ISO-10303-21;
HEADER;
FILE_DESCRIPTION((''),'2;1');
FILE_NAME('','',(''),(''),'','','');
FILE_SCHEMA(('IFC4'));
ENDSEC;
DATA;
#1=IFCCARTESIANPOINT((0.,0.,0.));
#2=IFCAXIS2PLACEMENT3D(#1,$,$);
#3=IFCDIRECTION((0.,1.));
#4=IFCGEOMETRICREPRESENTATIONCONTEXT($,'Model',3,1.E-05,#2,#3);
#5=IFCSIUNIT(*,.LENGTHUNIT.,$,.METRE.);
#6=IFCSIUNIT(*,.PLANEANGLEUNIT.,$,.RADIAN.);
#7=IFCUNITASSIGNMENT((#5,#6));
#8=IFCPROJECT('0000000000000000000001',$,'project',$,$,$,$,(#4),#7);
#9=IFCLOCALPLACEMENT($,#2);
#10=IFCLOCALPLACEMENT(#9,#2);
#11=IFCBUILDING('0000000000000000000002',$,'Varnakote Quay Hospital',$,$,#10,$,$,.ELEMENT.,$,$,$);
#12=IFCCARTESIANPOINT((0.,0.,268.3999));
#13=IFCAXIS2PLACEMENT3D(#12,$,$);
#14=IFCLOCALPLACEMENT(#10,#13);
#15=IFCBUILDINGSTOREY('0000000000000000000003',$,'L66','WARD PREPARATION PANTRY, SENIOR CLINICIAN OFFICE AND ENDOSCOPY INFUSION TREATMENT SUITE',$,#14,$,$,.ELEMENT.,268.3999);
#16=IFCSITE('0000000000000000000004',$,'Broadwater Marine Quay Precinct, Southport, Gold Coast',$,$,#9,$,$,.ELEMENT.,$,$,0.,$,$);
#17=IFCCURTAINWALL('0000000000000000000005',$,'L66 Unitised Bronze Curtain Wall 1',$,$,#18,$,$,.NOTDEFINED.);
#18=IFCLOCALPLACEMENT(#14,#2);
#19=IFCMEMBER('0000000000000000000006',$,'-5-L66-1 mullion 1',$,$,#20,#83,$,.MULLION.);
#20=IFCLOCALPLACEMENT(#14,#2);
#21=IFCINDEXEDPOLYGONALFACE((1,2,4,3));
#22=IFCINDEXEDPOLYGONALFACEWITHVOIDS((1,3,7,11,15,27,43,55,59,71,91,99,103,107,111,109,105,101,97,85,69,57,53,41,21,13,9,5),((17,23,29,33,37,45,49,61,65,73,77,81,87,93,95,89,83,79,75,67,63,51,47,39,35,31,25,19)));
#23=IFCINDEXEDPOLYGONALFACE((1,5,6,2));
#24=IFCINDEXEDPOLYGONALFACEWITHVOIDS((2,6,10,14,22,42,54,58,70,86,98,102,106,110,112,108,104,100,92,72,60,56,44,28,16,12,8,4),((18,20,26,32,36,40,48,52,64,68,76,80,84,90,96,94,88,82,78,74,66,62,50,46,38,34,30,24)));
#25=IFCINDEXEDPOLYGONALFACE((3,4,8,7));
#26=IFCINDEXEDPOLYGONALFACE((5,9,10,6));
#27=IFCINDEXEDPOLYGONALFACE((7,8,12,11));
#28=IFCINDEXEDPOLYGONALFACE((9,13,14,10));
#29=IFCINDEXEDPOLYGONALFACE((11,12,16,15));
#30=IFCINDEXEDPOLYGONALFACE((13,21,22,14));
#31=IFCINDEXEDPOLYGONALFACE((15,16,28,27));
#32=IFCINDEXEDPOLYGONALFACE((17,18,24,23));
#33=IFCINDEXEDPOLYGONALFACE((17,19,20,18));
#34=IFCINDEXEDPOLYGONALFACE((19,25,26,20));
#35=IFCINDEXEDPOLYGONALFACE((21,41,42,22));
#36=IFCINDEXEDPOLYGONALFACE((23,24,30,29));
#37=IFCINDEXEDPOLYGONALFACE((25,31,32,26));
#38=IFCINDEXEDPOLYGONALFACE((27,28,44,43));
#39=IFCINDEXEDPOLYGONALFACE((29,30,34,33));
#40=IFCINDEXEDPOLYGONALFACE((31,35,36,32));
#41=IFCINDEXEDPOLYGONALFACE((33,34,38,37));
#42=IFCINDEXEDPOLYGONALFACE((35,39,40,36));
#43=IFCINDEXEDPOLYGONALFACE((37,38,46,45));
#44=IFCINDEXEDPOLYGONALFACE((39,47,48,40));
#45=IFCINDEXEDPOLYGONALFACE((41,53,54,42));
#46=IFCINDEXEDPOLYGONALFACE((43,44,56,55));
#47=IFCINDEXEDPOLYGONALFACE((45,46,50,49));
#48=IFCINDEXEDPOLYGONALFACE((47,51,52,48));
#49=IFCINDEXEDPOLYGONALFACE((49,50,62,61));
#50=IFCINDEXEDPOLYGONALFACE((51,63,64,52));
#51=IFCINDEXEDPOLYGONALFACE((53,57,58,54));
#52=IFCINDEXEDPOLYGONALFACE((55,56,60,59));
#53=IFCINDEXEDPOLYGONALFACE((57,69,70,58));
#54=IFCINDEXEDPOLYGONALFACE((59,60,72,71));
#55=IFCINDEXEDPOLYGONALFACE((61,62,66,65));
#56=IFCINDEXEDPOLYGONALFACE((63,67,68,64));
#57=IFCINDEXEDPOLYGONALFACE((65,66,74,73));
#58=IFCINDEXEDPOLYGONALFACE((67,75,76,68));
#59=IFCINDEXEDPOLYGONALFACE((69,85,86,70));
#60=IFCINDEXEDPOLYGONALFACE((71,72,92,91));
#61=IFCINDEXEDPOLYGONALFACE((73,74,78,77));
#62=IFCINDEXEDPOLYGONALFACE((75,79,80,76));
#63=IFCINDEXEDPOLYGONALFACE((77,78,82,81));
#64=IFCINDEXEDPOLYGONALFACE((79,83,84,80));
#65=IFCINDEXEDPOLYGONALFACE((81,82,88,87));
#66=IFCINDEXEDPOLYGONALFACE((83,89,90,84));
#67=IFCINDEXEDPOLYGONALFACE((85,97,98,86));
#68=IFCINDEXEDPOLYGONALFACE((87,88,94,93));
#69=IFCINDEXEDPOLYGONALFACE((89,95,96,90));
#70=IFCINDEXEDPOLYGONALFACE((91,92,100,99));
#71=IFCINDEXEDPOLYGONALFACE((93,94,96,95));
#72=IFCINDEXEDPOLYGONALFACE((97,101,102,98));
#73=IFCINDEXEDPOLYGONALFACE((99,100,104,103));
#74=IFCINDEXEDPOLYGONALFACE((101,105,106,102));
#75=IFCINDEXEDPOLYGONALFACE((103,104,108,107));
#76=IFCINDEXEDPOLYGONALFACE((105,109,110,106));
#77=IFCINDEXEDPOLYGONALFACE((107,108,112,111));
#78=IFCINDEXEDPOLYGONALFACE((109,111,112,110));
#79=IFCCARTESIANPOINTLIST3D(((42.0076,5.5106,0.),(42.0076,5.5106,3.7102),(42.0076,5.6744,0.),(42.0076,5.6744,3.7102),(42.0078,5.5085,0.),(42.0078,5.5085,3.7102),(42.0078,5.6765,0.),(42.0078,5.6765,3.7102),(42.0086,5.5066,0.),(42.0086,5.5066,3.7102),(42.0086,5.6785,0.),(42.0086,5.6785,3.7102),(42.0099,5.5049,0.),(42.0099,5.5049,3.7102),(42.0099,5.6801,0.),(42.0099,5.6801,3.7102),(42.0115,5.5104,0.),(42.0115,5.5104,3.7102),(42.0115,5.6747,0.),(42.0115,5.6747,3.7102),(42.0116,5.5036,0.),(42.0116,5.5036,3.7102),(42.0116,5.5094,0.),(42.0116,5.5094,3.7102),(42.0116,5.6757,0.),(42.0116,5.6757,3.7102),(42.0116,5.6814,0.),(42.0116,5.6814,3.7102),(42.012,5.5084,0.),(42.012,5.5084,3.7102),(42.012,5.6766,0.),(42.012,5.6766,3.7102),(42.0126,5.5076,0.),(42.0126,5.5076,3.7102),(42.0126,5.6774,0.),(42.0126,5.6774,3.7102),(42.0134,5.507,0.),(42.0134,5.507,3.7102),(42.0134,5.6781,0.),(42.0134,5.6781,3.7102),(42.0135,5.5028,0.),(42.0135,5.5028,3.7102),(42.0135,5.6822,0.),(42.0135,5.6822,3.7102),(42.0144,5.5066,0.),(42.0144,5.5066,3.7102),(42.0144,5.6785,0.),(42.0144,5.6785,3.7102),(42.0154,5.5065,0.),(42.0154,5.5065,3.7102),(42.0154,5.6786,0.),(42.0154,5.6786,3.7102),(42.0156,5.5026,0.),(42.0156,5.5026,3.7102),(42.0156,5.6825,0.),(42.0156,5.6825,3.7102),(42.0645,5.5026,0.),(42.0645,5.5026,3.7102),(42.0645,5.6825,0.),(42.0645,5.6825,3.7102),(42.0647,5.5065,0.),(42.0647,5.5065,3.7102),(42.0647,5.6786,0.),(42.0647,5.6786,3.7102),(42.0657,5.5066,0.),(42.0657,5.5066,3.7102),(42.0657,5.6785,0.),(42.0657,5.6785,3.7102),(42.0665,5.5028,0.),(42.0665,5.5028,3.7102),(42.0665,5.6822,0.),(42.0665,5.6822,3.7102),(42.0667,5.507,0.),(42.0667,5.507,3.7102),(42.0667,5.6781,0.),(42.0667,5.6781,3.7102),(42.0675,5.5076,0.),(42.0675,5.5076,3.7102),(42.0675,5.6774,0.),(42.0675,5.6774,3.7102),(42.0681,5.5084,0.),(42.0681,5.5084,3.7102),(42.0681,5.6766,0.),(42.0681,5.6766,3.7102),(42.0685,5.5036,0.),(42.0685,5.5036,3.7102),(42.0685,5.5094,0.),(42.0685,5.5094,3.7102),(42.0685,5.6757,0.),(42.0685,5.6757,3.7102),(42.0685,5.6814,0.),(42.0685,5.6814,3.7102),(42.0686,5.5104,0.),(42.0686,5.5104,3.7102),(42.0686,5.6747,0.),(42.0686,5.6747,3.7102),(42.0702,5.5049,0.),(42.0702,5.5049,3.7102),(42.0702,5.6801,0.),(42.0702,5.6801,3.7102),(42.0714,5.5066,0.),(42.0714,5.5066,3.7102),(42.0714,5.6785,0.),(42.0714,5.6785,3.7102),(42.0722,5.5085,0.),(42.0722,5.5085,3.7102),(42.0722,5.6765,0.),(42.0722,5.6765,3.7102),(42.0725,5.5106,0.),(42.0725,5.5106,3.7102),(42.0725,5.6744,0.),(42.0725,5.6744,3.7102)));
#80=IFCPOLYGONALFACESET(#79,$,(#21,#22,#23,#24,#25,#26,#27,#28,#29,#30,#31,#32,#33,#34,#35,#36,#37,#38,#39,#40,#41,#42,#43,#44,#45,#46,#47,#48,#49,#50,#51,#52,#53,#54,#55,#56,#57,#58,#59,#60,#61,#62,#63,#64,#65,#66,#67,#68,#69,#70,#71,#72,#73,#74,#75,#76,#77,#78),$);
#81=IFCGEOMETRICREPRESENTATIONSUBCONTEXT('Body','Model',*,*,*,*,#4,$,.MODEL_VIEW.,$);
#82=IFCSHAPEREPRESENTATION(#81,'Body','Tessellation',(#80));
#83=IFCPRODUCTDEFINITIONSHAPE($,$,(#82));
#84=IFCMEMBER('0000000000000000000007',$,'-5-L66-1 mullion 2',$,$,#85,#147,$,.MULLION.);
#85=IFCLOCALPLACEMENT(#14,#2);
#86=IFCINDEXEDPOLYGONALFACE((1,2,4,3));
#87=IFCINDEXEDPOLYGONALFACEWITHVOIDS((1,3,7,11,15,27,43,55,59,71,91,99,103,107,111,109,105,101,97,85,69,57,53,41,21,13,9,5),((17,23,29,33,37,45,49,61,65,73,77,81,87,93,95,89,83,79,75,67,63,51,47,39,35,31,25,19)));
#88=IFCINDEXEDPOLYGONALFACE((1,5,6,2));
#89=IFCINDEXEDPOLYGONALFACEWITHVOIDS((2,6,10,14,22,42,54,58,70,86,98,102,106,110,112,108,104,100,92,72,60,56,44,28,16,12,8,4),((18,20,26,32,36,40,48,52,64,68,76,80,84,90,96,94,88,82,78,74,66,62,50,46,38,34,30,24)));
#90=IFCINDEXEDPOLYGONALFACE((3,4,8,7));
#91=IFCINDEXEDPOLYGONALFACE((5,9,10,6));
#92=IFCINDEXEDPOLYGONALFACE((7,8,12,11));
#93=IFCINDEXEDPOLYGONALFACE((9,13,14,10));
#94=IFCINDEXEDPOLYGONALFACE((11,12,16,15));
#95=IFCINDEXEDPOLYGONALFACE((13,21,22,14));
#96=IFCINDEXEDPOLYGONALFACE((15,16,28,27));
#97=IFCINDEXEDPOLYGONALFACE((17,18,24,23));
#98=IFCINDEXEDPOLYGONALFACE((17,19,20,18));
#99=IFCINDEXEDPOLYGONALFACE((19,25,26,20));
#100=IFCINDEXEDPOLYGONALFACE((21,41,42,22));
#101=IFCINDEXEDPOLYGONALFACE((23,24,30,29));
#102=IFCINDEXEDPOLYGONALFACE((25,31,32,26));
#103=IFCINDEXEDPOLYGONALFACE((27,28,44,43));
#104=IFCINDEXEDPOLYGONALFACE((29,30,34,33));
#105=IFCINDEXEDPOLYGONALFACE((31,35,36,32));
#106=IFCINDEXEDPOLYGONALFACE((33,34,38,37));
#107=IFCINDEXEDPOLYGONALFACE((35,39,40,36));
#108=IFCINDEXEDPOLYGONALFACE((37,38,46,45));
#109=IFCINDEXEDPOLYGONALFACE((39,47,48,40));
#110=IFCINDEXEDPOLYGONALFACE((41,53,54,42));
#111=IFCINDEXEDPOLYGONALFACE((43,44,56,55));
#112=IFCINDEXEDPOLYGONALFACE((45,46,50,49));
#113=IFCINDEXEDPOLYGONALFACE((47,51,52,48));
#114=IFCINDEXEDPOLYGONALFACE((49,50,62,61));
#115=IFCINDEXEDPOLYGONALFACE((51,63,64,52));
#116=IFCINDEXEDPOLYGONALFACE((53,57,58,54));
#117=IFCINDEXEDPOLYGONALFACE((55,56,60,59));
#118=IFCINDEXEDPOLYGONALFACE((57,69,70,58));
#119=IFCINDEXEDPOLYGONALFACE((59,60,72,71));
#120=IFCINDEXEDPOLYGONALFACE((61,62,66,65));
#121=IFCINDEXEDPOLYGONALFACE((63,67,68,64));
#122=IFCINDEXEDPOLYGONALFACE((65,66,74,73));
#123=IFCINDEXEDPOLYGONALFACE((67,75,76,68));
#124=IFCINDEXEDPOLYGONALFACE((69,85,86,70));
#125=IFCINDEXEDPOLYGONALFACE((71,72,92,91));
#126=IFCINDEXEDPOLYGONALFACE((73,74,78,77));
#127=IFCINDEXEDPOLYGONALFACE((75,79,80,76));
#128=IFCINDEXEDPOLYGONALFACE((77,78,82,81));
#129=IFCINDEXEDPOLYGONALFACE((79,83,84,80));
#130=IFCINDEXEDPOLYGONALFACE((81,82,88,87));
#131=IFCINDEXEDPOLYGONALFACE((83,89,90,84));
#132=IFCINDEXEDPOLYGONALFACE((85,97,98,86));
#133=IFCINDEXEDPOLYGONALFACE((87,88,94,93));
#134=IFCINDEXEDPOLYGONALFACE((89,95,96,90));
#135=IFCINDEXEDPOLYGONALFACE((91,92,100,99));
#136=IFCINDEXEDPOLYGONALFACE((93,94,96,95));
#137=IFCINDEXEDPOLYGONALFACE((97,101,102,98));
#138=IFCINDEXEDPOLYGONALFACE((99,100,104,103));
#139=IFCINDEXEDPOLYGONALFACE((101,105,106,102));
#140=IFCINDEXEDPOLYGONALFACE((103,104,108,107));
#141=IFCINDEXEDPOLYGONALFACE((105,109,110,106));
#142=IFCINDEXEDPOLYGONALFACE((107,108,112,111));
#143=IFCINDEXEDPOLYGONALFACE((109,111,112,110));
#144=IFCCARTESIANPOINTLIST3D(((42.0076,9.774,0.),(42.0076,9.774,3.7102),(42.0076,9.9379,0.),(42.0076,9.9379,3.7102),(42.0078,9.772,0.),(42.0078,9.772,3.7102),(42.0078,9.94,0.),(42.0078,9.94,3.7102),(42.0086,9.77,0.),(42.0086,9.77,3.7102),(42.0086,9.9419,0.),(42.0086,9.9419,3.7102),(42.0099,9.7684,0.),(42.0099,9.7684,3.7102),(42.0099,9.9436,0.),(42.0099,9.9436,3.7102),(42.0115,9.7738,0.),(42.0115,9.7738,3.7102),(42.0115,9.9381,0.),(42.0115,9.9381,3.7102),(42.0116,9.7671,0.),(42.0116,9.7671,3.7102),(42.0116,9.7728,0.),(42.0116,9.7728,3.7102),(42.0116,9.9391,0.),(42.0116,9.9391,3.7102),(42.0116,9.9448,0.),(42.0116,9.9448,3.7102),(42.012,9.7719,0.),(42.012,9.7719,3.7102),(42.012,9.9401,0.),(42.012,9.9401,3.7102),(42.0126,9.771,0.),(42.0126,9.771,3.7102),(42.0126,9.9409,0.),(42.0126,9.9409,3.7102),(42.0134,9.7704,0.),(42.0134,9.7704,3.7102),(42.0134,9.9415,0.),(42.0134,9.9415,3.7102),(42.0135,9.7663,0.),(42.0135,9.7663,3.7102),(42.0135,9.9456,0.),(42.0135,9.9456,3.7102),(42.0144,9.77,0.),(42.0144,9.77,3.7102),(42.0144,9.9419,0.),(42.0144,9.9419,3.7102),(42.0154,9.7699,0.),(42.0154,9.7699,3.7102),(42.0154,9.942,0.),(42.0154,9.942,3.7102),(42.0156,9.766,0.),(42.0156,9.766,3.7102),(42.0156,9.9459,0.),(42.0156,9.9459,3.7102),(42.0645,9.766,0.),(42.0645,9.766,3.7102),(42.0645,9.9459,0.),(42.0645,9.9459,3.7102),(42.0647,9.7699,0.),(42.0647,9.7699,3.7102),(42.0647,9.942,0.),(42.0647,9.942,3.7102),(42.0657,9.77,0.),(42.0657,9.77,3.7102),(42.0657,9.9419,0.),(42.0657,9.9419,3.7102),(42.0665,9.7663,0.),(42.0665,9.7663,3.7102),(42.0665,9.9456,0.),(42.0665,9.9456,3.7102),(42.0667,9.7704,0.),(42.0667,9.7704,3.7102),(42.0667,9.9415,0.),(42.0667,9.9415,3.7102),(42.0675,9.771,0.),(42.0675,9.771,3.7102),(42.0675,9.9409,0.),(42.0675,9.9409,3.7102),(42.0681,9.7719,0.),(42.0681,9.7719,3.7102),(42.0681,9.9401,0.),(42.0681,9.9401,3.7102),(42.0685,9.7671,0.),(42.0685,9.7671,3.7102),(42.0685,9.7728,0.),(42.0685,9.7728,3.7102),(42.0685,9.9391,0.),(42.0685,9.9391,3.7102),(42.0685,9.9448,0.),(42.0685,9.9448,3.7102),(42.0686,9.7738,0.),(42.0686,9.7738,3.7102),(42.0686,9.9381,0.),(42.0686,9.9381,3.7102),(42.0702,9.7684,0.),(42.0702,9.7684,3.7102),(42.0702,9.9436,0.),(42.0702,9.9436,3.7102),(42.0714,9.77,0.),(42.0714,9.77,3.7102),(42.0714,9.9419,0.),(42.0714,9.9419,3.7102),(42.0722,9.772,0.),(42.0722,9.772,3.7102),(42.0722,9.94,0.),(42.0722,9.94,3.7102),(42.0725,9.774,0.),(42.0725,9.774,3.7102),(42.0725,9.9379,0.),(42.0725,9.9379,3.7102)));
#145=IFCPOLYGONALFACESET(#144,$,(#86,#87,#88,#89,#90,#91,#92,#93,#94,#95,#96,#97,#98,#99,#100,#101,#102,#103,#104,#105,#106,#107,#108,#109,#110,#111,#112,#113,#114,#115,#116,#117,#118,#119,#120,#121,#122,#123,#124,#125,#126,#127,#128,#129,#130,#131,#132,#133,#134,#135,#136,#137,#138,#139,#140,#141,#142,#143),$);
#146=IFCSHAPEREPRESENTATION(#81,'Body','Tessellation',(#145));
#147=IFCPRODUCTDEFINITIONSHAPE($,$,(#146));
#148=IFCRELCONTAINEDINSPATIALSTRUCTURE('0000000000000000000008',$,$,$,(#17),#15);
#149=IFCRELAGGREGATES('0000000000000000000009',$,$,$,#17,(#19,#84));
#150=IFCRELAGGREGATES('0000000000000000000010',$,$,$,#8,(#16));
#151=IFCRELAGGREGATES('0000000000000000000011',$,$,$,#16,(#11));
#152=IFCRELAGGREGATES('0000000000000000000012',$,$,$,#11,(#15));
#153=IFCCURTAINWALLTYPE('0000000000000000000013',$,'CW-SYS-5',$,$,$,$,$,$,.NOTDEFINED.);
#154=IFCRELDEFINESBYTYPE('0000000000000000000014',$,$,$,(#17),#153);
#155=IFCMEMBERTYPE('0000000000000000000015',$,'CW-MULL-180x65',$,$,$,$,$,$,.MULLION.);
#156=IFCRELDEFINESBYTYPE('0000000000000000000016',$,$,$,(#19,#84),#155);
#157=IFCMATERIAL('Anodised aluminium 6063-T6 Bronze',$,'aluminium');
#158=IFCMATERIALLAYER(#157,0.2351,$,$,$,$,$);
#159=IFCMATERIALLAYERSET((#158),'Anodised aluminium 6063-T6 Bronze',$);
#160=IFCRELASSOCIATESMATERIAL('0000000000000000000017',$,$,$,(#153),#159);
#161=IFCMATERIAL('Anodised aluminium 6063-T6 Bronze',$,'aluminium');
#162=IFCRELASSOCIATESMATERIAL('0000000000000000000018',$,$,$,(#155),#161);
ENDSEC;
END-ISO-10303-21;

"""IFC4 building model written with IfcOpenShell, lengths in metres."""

from ifc_helpers import new_model, si_unit, direction, frame, origin, origin_2d, place, context, subcontext, project, spatial, hollow_rectangle, extrude, material, layer, layer_set, material_profile, profile_set, type_object, element, aggregate, save


model = new_model("IFC4")

# Units and contexts
model_context = context("Model", 3, precision=1e-05, world=origin(), true_north=direction((0.0, 1.0)))
body_context = subcontext(model_context, "Body", "Model", "MODEL_VIEW")
ifc_project = project(units=[si_unit("LENGTHUNIT", "METRE"), si_unit("PLANEANGLEUNIT", "RADIAN")], contexts=[model_context])

# Site, building, storey
site_placement = place(None, origin())
site = spatial("IfcSite", under=ifc_project, at=site_placement, Name="Broadwater Marine Quay Precinct, Southport, Gold Coast", CompositionType="ELEMENT", RefElevation=0.0)
building_placement = place(site_placement, origin())
building = spatial("IfcBuilding", under=site, at=building_placement, Name="Varnakote Quay Hospital", CompositionType="ELEMENT")
storey_placement = place(building_placement, frame((0.0, 0.0, 268.3999)))
storey = spatial("IfcBuildingStorey", under=building, at=storey_placement, Name="L66", Description="WARD PREPARATION PANTRY, SENIOR CLINICIAN OFFICE AND ENDOSCOPY INFUSION TREATMENT SUITE", CompositionType="ELEMENT", Elevation=268.3999)

# Curtain wall, members
ifc_material_1 = material(Name="Anodised aluminium 6063-T6 Bronze", Category="aluminium")
ifc_layer_1 = layer(ifc_material_1, 0.2351)
ifc_layer_set_1 = layer_set([ifc_layer_1], Name="Anodised aluminium 6063-T6 Bronze")
curtain_wall_type = type_object("IfcCurtainWallType", Name="CW-SYS-5", PredefinedType="NOTDEFINED", material=ifc_layer_set_1)
curtain_wall_placement = place(storey_placement, origin())
curtain_wall = element("IfcCurtainWall", 1, at=curtain_wall_placement, inside=storey, type_object=curtain_wall_type, Name="L66 Unitised Bronze Curtain Wall 1", PredefinedType="NOTDEFINED")
ifc_material_2 = material(Name="Anodised aluminium 6063-T6 Bronze", Category="aluminium")
ifc_material_profile_1 = material_profile(ifc_material_2, hollow_rectangle(XDim=0.0649, YDim=0.1799, WallThickness=0.0039, InnerFilletRadius=0.0039, OuterFilletRadius=0.0081, at=origin_2d()), Name="CW-MULL-180x65")
ifc_profile_set_1 = profile_set([ifc_material_profile_1], Name="Anodised aluminium 6063-T6 Bronze")
member_type_1 = type_object("IfcMemberType", Name="CW-MULL-180x65", PredefinedType="MULLION", material=ifc_profile_set_1)
member_1_placement = place(storey_placement, frame((42.04, 5.5925, 0.0), z_axis=(0.0, 0.0, 1.0), x_axis=(-1.0, 0.0, 0.0)))
member_1 = element("IfcMember", 2, at=member_1_placement, type_object=member_type_1, Name="-5-L66-1 mullion 1", PredefinedType="MULLION", context=body_context, shape_type="SweptSolid", body=[
    extrude(hollow_rectangle(XDim=0.0649, YDim=0.1799, WallThickness=0.0039, InnerFilletRadius=0.0039, OuterFilletRadius=0.0081, at=origin_2d()), origin(), (0.0, 0.0, 1.0), 3.7102),
])
member_2_placement = place(storey_placement, frame((42.04, 9.856, 0.0), z_axis=(0.0, 0.0, 1.0), x_axis=(-1.0, 0.0, 0.0)))
member_2 = element("IfcMember", 3, at=member_2_placement, type_object=member_type_1, Name="-5-L66-1 mullion 2", PredefinedType="MULLION", context=body_context, shape_type="SweptSolid", body=[
    extrude(hollow_rectangle(XDim=0.0649, YDim=0.1799, WallThickness=0.0039, InnerFilletRadius=0.0039, OuterFilletRadius=0.0081, at=origin_2d()), origin(), (0.0, 0.0, 1.0), 3.7102),
])
aggregate(curtain_wall, [member_1, member_2])

save(model, "model.ifc")
